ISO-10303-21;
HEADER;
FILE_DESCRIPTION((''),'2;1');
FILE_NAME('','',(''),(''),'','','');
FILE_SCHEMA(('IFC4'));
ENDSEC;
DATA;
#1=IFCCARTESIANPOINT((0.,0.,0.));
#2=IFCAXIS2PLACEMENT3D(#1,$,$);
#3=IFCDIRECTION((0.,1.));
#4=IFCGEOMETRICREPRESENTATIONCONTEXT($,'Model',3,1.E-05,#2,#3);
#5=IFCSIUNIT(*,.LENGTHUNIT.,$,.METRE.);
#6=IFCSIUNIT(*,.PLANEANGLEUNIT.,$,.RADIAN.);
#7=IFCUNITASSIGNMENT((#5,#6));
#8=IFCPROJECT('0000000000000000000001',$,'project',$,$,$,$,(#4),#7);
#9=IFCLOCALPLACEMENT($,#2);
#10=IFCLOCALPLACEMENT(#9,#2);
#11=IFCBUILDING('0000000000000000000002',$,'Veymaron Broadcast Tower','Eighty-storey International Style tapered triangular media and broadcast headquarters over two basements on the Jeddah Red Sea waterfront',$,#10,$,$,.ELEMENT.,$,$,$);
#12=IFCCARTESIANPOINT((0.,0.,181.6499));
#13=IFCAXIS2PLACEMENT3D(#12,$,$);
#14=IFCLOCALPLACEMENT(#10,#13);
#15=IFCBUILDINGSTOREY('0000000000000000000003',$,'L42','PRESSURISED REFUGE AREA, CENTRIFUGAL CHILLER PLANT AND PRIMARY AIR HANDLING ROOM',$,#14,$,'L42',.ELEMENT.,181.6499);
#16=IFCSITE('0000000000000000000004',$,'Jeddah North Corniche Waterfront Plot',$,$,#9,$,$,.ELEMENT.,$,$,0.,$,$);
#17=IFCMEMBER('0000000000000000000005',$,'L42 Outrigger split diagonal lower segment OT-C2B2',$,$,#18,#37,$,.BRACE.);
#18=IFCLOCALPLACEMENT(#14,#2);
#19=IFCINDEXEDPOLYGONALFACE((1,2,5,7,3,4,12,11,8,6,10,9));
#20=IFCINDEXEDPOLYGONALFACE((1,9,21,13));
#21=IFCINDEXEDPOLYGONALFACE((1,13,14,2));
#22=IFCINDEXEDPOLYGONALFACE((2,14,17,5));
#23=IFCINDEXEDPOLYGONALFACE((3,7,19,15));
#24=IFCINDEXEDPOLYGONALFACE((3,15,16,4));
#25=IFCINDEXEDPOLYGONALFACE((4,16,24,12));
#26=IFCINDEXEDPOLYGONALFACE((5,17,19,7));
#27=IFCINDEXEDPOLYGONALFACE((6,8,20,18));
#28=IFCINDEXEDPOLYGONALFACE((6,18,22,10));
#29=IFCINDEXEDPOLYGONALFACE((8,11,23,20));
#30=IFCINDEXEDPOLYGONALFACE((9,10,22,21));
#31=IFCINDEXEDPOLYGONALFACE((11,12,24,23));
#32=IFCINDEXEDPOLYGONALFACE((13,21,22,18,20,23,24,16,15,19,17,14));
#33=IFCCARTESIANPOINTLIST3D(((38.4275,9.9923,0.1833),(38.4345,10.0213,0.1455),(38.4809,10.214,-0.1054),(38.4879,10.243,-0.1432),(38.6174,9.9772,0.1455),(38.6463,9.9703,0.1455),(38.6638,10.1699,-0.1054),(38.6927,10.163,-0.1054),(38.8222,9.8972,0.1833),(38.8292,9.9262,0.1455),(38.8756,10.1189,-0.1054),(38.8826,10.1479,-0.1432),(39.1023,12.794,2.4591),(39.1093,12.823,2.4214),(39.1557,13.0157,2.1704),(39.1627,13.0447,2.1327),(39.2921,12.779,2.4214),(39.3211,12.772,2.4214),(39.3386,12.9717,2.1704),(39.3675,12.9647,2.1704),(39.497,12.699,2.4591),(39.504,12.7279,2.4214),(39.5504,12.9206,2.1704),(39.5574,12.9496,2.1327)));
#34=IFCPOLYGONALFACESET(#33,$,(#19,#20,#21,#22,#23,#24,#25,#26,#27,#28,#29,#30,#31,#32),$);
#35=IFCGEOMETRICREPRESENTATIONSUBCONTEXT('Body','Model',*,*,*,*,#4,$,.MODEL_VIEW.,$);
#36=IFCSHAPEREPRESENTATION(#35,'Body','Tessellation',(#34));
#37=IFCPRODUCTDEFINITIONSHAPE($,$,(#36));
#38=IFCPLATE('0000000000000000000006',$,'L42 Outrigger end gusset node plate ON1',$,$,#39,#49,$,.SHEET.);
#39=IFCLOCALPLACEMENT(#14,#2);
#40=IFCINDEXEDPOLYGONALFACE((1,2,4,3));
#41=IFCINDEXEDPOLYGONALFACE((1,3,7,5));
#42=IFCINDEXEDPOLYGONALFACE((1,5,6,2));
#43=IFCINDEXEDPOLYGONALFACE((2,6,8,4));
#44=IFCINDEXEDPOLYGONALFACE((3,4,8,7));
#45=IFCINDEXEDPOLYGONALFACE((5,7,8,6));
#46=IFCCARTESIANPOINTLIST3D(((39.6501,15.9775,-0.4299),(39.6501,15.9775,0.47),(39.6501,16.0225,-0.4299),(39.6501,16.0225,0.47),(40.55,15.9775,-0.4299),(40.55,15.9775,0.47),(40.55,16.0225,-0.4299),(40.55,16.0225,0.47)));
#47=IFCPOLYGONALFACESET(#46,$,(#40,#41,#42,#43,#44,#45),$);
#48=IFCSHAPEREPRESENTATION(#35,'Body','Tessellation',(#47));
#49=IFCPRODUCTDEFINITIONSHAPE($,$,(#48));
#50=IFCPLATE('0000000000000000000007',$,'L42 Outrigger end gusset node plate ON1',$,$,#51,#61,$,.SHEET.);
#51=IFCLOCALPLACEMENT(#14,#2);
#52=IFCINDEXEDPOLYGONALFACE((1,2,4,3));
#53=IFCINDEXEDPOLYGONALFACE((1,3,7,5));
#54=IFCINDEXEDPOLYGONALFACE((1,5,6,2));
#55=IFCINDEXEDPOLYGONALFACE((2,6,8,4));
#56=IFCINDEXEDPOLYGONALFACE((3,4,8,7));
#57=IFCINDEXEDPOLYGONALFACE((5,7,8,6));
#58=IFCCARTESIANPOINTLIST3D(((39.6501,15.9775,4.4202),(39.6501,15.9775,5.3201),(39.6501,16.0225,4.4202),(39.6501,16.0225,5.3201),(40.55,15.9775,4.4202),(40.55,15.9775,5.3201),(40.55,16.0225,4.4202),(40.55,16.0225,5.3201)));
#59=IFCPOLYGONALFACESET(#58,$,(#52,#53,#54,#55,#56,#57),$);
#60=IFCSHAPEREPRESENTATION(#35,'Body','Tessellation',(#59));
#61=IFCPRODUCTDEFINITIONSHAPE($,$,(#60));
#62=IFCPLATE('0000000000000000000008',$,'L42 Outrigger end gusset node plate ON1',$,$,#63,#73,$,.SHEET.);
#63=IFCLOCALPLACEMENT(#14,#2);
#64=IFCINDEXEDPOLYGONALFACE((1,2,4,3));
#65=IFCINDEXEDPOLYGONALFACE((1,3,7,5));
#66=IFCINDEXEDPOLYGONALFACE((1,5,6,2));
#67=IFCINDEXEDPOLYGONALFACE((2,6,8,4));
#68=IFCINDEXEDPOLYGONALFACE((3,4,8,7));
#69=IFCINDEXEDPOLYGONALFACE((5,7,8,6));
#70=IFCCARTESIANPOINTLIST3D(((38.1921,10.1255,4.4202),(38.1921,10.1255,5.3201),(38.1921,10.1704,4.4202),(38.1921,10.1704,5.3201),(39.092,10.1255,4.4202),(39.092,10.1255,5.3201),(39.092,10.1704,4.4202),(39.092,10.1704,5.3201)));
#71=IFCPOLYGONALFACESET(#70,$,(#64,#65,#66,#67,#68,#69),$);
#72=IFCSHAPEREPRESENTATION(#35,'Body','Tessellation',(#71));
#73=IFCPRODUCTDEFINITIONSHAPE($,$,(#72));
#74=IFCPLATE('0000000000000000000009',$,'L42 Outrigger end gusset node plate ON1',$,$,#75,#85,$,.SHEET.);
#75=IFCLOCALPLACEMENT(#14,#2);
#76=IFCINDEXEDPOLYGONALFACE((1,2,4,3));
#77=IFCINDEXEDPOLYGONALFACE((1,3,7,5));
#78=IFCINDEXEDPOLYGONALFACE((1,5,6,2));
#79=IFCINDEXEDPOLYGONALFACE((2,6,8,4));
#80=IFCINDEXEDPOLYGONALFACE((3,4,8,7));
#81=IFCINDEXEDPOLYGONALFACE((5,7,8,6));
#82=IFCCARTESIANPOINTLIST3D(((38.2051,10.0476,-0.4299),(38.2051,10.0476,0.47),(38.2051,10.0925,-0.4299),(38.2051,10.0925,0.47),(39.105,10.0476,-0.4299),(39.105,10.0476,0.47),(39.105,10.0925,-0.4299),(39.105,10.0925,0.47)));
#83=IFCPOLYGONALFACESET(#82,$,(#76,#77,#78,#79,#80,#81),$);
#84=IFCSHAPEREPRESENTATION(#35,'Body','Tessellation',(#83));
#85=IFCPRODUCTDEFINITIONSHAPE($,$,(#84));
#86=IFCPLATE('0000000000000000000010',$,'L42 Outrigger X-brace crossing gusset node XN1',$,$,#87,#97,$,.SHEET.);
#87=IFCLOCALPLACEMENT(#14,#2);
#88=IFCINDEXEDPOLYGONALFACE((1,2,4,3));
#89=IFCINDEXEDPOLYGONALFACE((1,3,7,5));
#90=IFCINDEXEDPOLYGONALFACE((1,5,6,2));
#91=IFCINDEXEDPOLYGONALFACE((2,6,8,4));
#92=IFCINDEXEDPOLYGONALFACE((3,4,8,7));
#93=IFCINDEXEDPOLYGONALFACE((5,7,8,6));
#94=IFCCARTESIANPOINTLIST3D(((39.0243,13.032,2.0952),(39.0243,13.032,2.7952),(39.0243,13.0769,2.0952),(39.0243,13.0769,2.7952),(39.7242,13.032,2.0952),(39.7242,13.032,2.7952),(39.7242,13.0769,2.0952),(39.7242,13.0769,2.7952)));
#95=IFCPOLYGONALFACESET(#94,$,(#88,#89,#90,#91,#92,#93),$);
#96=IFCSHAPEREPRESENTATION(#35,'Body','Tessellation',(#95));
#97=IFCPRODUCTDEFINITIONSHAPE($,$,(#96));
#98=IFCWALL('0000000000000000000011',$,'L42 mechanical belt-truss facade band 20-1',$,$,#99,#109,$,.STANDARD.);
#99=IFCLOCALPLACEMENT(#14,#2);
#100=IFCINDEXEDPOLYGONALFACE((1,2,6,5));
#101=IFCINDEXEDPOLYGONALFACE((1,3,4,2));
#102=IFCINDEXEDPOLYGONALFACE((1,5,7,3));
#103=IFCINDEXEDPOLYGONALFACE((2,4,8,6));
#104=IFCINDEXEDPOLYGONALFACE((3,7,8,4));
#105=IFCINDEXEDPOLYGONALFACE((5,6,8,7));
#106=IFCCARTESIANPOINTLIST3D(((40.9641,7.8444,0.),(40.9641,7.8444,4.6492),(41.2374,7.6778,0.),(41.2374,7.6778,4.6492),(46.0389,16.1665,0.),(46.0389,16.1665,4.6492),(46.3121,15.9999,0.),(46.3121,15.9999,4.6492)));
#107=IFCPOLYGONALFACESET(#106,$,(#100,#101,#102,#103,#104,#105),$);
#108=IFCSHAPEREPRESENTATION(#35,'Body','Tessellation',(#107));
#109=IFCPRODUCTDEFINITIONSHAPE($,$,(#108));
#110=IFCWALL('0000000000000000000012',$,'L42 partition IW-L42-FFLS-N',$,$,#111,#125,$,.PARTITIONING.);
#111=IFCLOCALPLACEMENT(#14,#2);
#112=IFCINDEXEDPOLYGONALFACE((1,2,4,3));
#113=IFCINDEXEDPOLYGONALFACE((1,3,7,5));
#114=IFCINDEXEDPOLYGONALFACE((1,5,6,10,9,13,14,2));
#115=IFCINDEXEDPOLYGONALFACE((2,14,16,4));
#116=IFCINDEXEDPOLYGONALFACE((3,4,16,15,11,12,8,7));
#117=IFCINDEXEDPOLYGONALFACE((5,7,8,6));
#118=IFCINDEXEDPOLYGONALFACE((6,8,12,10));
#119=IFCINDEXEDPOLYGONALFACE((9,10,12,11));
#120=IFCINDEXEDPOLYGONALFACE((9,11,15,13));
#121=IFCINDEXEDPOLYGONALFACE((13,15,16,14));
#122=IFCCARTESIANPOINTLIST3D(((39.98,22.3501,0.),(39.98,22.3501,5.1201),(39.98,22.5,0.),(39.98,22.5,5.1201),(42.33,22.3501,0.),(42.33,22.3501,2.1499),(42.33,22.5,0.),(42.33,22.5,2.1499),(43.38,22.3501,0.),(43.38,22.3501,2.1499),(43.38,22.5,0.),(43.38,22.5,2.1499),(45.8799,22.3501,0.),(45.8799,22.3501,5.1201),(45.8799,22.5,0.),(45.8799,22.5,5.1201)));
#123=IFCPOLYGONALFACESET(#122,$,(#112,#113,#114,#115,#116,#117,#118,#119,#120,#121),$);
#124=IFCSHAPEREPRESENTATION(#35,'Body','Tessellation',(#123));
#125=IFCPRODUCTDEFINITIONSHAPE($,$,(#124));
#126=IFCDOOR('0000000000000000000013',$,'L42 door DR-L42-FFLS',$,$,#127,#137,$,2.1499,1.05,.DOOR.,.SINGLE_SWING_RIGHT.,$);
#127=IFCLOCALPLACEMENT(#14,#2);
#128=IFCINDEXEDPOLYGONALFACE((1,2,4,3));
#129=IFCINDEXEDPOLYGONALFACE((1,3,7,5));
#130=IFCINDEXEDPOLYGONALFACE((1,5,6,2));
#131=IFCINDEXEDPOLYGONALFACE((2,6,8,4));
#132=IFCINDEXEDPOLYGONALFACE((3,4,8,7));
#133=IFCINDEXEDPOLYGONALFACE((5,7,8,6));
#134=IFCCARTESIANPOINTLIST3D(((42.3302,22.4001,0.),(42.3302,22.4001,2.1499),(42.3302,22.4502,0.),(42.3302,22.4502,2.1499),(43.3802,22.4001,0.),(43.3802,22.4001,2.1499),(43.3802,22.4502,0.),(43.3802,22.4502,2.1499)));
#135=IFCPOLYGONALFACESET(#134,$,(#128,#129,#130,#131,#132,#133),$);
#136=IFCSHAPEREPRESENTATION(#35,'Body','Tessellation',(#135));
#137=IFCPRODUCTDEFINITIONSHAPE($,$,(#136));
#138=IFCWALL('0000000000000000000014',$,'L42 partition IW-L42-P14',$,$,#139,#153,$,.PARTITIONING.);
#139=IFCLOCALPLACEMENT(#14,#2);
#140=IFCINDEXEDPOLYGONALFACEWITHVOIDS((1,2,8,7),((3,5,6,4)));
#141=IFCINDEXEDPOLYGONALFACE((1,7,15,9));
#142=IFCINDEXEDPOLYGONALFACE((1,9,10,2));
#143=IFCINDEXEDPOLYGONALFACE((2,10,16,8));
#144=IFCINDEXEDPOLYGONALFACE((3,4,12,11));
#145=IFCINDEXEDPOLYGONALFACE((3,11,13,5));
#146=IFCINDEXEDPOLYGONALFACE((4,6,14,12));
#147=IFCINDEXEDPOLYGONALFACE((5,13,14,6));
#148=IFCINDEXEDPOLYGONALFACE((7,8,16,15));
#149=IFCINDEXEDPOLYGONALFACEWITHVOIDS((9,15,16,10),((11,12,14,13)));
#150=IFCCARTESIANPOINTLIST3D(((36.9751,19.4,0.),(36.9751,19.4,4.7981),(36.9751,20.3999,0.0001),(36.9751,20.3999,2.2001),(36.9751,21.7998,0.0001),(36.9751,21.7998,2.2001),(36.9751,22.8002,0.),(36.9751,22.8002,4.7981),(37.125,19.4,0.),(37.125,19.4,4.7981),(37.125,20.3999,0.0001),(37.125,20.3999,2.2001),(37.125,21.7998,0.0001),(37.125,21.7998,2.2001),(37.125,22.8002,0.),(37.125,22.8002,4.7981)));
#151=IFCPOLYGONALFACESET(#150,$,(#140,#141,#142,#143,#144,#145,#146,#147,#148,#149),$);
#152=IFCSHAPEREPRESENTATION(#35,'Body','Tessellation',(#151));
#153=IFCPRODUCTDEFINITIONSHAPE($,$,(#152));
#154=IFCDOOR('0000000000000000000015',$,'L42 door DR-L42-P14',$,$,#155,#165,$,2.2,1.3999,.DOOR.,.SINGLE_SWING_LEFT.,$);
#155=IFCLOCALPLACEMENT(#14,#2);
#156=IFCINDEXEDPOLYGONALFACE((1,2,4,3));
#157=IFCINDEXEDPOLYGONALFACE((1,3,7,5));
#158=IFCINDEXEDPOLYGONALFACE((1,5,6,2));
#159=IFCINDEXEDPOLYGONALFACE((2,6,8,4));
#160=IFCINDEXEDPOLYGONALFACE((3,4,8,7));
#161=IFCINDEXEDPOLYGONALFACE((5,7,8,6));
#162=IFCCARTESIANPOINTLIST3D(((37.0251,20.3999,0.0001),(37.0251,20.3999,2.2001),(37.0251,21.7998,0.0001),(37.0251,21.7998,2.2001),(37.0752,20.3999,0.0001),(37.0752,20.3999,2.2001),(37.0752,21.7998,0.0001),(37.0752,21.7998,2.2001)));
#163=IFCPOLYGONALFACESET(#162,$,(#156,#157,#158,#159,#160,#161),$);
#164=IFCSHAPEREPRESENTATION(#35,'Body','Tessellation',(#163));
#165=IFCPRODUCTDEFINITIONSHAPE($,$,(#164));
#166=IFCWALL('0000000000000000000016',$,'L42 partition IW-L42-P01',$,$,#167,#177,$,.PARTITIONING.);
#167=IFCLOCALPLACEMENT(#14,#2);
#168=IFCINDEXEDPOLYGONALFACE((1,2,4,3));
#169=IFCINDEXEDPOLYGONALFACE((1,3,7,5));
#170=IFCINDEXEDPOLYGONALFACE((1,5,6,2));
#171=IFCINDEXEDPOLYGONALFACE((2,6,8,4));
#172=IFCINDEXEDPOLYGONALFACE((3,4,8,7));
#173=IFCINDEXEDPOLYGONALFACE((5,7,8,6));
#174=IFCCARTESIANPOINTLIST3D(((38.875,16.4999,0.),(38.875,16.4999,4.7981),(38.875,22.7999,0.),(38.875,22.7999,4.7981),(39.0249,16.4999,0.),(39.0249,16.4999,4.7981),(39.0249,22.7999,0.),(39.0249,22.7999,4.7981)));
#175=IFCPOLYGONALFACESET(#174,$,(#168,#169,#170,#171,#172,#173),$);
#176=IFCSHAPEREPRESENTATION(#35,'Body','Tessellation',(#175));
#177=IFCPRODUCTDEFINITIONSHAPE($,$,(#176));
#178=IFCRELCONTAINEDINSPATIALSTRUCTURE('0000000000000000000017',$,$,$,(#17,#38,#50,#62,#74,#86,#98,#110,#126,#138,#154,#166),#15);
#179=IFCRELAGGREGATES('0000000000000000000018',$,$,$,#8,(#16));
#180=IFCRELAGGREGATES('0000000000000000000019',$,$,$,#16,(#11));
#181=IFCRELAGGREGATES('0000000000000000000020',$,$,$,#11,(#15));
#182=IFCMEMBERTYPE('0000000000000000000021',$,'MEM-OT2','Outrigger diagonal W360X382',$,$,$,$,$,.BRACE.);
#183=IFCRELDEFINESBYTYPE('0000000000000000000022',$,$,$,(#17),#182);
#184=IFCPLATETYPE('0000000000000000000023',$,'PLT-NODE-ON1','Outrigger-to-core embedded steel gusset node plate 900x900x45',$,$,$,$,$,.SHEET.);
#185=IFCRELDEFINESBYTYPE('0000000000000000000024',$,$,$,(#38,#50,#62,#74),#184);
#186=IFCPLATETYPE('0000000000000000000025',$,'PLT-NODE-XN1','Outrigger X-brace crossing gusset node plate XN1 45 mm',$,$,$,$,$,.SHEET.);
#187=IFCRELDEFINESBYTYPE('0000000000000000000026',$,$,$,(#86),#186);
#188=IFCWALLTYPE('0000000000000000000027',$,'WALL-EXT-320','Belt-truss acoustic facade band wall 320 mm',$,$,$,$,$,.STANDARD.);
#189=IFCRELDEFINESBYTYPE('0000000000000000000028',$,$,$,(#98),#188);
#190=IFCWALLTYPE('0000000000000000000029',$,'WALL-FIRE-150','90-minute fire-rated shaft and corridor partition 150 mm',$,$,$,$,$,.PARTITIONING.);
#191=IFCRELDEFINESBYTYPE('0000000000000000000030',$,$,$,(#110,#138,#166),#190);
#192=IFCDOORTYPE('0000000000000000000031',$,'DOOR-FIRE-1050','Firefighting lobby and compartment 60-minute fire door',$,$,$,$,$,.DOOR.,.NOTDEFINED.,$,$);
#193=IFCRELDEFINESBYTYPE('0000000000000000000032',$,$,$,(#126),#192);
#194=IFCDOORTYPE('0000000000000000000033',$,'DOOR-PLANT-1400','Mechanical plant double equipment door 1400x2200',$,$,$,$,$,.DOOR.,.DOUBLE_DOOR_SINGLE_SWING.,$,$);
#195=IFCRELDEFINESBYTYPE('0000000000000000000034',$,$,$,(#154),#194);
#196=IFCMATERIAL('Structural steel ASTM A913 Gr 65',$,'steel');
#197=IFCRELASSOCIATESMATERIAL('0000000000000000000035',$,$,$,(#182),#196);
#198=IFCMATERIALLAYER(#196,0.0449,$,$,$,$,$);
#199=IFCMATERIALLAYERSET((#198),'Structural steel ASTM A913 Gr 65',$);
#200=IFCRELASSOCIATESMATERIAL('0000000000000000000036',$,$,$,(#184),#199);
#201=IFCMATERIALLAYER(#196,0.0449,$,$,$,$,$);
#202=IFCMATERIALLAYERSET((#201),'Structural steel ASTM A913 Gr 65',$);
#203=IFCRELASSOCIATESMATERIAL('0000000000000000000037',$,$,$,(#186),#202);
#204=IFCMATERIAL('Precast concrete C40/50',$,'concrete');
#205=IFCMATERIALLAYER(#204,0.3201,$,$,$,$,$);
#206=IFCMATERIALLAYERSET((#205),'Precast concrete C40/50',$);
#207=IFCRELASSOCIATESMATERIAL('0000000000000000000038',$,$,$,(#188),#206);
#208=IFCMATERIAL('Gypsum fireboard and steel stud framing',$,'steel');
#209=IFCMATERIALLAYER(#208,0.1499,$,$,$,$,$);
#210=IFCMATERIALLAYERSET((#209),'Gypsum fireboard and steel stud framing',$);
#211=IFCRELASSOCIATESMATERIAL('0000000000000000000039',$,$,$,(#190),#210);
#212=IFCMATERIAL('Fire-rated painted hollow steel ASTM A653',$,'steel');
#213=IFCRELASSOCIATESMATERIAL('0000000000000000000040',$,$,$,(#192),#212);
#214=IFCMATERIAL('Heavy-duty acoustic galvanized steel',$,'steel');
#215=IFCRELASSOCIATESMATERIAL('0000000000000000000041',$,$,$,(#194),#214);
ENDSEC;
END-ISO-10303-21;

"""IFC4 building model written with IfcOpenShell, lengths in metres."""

from ifc_helpers import new_model, si_unit, direction, frame, frame_2d, origin, origin_2d, place, context, subcontext, project, spatial, rectangle, i_section, extrude, material, layer, layer_set, material_profile, profile_set, type_object, element, fill, save


model = new_model("IFC4")

# Units and contexts
model_context = context("Model", 3, precision=1e-05, world=origin(), true_north=direction((0.0, 1.0)))
body_context = subcontext(model_context, "Body", "Model", "MODEL_VIEW")
ifc_project = project(units=[si_unit("LENGTHUNIT", "METRE"), si_unit("PLANEANGLEUNIT", "RADIAN")], contexts=[model_context])

# Site, building, storey
site_placement = place(None, origin())
site = spatial("IfcSite", under=ifc_project, at=site_placement, Name="Jeddah North Corniche Waterfront Plot", CompositionType="ELEMENT", RefElevation=0.0)
building_placement = place(site_placement, origin())
building = spatial("IfcBuilding", under=site, at=building_placement, Name="Veymaron Broadcast Tower", Description="Eighty-storey International Style tapered triangular media and broadcast headquarters over two basements on the Jeddah Red Sea waterfront", CompositionType="ELEMENT")
storey_placement = place(building_placement, frame((0.0, 0.0, 181.6499)))
storey = spatial("IfcBuildingStorey", under=building, at=storey_placement, Name="L42", Description="PRESSURISED REFUGE AREA, CENTRIFUGAL CHILLER PLANT AND PRIMARY AIR HANDLING ROOM", LongName="L42", CompositionType="ELEMENT", Elevation=181.6499)

# Shared definitions
ifc_material_1 = material(Name="Structural steel ASTM A913 Gr 65", Category="steel")

# Member
ifc_material_profile_1 = material_profile(ifc_material_1, i_section(OverallWidth=0.406, OverallDepth=0.416, WebThickness=0.0298, FlangeThickness=0.0481, at=origin_2d()), Name="W360X382")
ifc_profile_set_1 = profile_set([ifc_material_profile_1], Name="Structural steel ASTM A913 Gr 65")
member_type = type_object("IfcMemberType", Name="MEM-OT2", Description="Outrigger diagonal W360X382", PredefinedType="BRACE", material=ifc_profile_set_1)
member_1_placement = place(storey_placement, frame((39.3298, 12.8718, 2.2959), z_axis=(-0.183762, -0.762971, -0.619764), x_axis=(0.972199, -0.234155, 0.0)))
element("IfcMember", 1, at=member_1_placement, inside=storey, type_object=member_type, Name="L42 Outrigger split diagonal lower segment OT-C2B2", PredefinedType="BRACE", context=body_context, shape_type="SweptSolid", body=[
    extrude(i_section(OverallWidth=0.406, OverallDepth=0.416, WebThickness=0.0298, FlangeThickness=0.0481, at=origin_2d()), origin(), (0.0, 0.0, 1.0), 3.6721),
])

# Plates
ifc_layer_1 = layer(ifc_material_1, 0.0449)
ifc_layer_set_1 = layer_set([ifc_layer_1], Name="Structural steel ASTM A913 Gr 65")
plate_type_1 = type_object("IfcPlateType", Name="PLT-NODE-ON1", Description="Outrigger-to-core embedded steel gusset node plate 900x900x45", PredefinedType="SHEET", material=ifc_layer_set_1)
for number, where, z_axis, x_axis, name in (
    (2, (40.1001, 16.0, -0.4299), (0.0, 0.0, 1.0), (1.0, 0.0, 0.0), "L42 Outrigger end gusset node plate ON1"),
    (3, (40.1001, 16.0, 4.4202), (0.0, 0.0, 1.0), (1.0, 0.0, 0.0), "L42 Outrigger end gusset node plate ON1"),
    (4, (38.6421, 10.1479, 4.4202), (0.0, 0.0, 1.0), (1.0, 0.0, 0.0), "L42 Outrigger end gusset node plate ON1"),
    (5, (38.655, 10.0701, -0.4299), (0.0, 0.0, 1.0), (1.0, 0.0, 0.0), "L42 Outrigger end gusset node plate ON1"),
):
    element("IfcPlate", number, at=place(storey_placement, frame(where, z_axis=z_axis, x_axis=x_axis)), inside=storey, type_object=plate_type_1, Name=name, PredefinedType="SHEET", context=body_context, shape_type="SweptSolid", body=[
        extrude(rectangle(XDim=0.8999, YDim=0.0449, at=origin_2d()), origin(), (0.0, 0.0, 1.0), 0.8999),
    ])
ifc_layer_2 = layer(ifc_material_1, 0.0449)
ifc_layer_set_2 = layer_set([ifc_layer_2], Name="Structural steel ASTM A913 Gr 65")
plate_type_2 = type_object("IfcPlateType", Name="PLT-NODE-XN1", Description="Outrigger X-brace crossing gusset node plate XN1 45 mm", PredefinedType="SHEET", material=ifc_layer_set_2)
plate_placement = place(storey_placement, frame((39.3743, 13.0544, 2.0952), z_axis=(0.0, 0.0, 1.0), x_axis=(1.0, 0.0, 0.0)))
element("IfcPlate", 6, at=plate_placement, inside=storey, type_object=plate_type_2, Name="L42 Outrigger X-brace crossing gusset node XN1", PredefinedType="SHEET", context=body_context, shape_type="SweptSolid", body=[
    extrude(rectangle(XDim=0.7, YDim=0.0449, at=origin_2d()), origin(), (0.0, 0.0, 1.0), 0.7),
])

# Wall
ifc_material_2 = material(Name="Precast concrete C40/50", Category="concrete")
ifc_layer_3 = layer(ifc_material_2, 0.3201)
ifc_layer_set_3 = layer_set([ifc_layer_3], Name="Precast concrete C40/50")
wall_type_1 = type_object("IfcWallType", Name="WALL-EXT-320", Description="Belt-truss acoustic facade band wall 320 mm", PredefinedType="STANDARD", material=ifc_layer_set_3)
wall_1_placement = place(storey_placement, frame((41.1008, 7.7612, 0.0), z_axis=(0.0, 0.0, 1.0), x_axis=(0.52063, 0.853782, 0.0)))
element("IfcWall", 7, at=wall_1_placement, inside=storey, type_object=wall_type_1, Name="L42 mechanical belt-truss facade band 20-1", PredefinedType="STANDARD", context=body_context, shape_type="SweptSolid", body=[
    extrude(rectangle(XDim=9.7473, YDim=0.3201, at=frame_2d((4.8735, 0.0))), origin(), (0.0, 0.0, 1.0), 4.6492),
])

# Walls, openings, doors
ifc_material_3 = material(Name="Gypsum fireboard and steel stud framing", Category="steel")
ifc_layer_4 = layer(ifc_material_3, 0.1499)
ifc_layer_set_4 = layer_set([ifc_layer_4], Name="Gypsum fireboard and steel stud framing")
wall_type_2 = type_object("IfcWallType", Name="WALL-FIRE-150", Description="90-minute fire-rated shaft and corridor partition 150 mm", PredefinedType="PARTITIONING", material=ifc_layer_set_4)
wall_2_placement = place(storey_placement, frame((39.98, 22.425, 0.0), z_axis=(0.0, 0.0, 1.0), x_axis=(1.0, 0.0, 0.0)))
wall_2 = element("IfcWall", 8, at=wall_2_placement, inside=storey, type_object=wall_type_2, Name="L42 partition IW-L42-FFLS-N", PredefinedType="PARTITIONING", context=body_context, shape_type="SweptSolid", body=[
    extrude(rectangle(XDim=5.8999, YDim=0.1499, at=frame_2d((2.95, 0.0))), origin(), (0.0, 0.0, 1.0), 5.1201),
])
opening_1_placement = place(wall_2_placement, frame((2.3501, 0.0, 0.0)))
opening_1 = element("IfcOpeningElement", 9, at=opening_1_placement, cuts=wall_2, PredefinedType="OPENING", context=body_context, shape_type="SweptSolid", body=[
    extrude(rectangle(XDim=1.05, YDim=2.1499, at=frame_2d((0.5249, 1.075))), frame((0.0, 0.085, 0.0), z_axis=(0.0, -1.0, 0.0), x_axis=(1.0, 0.0, 0.0)), (0.0, 0.0, 1.0), 0.1699),
])
ifc_material_4 = material(Name="Fire-rated painted hollow steel ASTM A653", Category="steel")
door_type_1 = type_object("IfcDoorType", Name="DOOR-FIRE-1050", Description="Firefighting lobby and compartment 60-minute fire door", OperationType="NOTDEFINED", PredefinedType="DOOR", material=ifc_material_4)
door_1_placement = place(opening_1_placement, frame((1.05, 0.0, 0.0), z_axis=(0.0, 0.0, 1.0), x_axis=(-1.0, 0.0, 0.0)))
door_1 = element("IfcDoor", 10, at=door_1_placement, inside=storey, type_object=door_type_1, Name="L42 door DR-L42-FFLS", OperationType="SINGLE_SWING_RIGHT", OverallHeight=2.1499, OverallWidth=1.05, PredefinedType="DOOR", context=body_context, shape_type="SweptSolid", body=[
    extrude(rectangle(XDim=1.05, YDim=2.1499, at=frame_2d((0.5249, 1.075))), frame((0.0, 0.0249, 0.0), z_axis=(0.0, -1.0, 0.0), x_axis=(1.0, 0.0, 0.0)), (0.0, 0.0, 1.0), 0.05),
])
fill(opening_1, door_1)
wall_3_placement = place(storey_placement, frame((37.05, 19.3999, 0.0), z_axis=(0.0, 0.0, 1.0), x_axis=(0.0, 1.0, 0.0)))
wall_3 = element("IfcWall", 11, at=wall_3_placement, inside=storey, type_object=wall_type_2, Name="L42 partition IW-L42-P14", PredefinedType="PARTITIONING", context=body_context, shape_type="SweptSolid", body=[
    extrude(rectangle(XDim=3.4001, YDim=0.1499, at=frame_2d((1.7002, 0.0))), origin(), (0.0, 0.0, 1.0), 4.7981),
])
opening_2_placement = place(wall_3_placement, frame((1.0, 0.0, 0.0)))
opening_2 = element("IfcOpeningElement", 12, at=opening_2_placement, cuts=wall_3, PredefinedType="OPENING", context=body_context, shape_type="SweptSolid", body=[
    extrude(rectangle(XDim=1.3999, YDim=2.2, at=frame_2d((0.7, 1.1001))), frame((0.0, 0.085, 0.0), z_axis=(0.0, -1.0, 0.0), x_axis=(1.0, 0.0, 0.0)), (0.0, 0.0, 1.0), 0.1699),
])
ifc_material_5 = material(Name="Heavy-duty acoustic galvanized steel", Category="steel")
door_type_2 = type_object("IfcDoorType", Name="DOOR-PLANT-1400", Description="Mechanical plant double equipment door 1400x2200", OperationType="DOUBLE_DOOR_SINGLE_SWING", PredefinedType="DOOR", material=ifc_material_5)
door_2_placement = place(opening_2_placement, origin())
door_2 = element("IfcDoor", 13, at=door_2_placement, inside=storey, type_object=door_type_2, Name="L42 door DR-L42-P14", OperationType="SINGLE_SWING_LEFT", OverallHeight=2.2, OverallWidth=1.3999, PredefinedType="DOOR", context=body_context, shape_type="SweptSolid", body=[
    extrude(rectangle(XDim=1.3999, YDim=2.2, at=frame_2d((0.7, 1.1001))), frame((0.0, 0.0249, 0.0), z_axis=(0.0, -1.0, 0.0), x_axis=(1.0, 0.0, 0.0)), (0.0, 0.0, 1.0), 0.05),
])
fill(opening_2, door_2)

# Wall
wall_4_placement = place(storey_placement, frame((38.95, 16.5, 0.0), z_axis=(0.0, 0.0, 1.0), x_axis=(0.0, 1.0, 0.0)))
element("IfcWall", 14, at=wall_4_placement, inside=storey, type_object=wall_type_2, Name="L42 partition IW-L42-P01", PredefinedType="PARTITIONING", context=body_context, shape_type="SweptSolid", body=[
    extrude(rectangle(XDim=6.3, YDim=0.1499, at=frame_2d((3.1499, 0.0))), origin(), (0.0, 0.0, 1.0), 4.7981),
])

save(model, "model.ifc")
